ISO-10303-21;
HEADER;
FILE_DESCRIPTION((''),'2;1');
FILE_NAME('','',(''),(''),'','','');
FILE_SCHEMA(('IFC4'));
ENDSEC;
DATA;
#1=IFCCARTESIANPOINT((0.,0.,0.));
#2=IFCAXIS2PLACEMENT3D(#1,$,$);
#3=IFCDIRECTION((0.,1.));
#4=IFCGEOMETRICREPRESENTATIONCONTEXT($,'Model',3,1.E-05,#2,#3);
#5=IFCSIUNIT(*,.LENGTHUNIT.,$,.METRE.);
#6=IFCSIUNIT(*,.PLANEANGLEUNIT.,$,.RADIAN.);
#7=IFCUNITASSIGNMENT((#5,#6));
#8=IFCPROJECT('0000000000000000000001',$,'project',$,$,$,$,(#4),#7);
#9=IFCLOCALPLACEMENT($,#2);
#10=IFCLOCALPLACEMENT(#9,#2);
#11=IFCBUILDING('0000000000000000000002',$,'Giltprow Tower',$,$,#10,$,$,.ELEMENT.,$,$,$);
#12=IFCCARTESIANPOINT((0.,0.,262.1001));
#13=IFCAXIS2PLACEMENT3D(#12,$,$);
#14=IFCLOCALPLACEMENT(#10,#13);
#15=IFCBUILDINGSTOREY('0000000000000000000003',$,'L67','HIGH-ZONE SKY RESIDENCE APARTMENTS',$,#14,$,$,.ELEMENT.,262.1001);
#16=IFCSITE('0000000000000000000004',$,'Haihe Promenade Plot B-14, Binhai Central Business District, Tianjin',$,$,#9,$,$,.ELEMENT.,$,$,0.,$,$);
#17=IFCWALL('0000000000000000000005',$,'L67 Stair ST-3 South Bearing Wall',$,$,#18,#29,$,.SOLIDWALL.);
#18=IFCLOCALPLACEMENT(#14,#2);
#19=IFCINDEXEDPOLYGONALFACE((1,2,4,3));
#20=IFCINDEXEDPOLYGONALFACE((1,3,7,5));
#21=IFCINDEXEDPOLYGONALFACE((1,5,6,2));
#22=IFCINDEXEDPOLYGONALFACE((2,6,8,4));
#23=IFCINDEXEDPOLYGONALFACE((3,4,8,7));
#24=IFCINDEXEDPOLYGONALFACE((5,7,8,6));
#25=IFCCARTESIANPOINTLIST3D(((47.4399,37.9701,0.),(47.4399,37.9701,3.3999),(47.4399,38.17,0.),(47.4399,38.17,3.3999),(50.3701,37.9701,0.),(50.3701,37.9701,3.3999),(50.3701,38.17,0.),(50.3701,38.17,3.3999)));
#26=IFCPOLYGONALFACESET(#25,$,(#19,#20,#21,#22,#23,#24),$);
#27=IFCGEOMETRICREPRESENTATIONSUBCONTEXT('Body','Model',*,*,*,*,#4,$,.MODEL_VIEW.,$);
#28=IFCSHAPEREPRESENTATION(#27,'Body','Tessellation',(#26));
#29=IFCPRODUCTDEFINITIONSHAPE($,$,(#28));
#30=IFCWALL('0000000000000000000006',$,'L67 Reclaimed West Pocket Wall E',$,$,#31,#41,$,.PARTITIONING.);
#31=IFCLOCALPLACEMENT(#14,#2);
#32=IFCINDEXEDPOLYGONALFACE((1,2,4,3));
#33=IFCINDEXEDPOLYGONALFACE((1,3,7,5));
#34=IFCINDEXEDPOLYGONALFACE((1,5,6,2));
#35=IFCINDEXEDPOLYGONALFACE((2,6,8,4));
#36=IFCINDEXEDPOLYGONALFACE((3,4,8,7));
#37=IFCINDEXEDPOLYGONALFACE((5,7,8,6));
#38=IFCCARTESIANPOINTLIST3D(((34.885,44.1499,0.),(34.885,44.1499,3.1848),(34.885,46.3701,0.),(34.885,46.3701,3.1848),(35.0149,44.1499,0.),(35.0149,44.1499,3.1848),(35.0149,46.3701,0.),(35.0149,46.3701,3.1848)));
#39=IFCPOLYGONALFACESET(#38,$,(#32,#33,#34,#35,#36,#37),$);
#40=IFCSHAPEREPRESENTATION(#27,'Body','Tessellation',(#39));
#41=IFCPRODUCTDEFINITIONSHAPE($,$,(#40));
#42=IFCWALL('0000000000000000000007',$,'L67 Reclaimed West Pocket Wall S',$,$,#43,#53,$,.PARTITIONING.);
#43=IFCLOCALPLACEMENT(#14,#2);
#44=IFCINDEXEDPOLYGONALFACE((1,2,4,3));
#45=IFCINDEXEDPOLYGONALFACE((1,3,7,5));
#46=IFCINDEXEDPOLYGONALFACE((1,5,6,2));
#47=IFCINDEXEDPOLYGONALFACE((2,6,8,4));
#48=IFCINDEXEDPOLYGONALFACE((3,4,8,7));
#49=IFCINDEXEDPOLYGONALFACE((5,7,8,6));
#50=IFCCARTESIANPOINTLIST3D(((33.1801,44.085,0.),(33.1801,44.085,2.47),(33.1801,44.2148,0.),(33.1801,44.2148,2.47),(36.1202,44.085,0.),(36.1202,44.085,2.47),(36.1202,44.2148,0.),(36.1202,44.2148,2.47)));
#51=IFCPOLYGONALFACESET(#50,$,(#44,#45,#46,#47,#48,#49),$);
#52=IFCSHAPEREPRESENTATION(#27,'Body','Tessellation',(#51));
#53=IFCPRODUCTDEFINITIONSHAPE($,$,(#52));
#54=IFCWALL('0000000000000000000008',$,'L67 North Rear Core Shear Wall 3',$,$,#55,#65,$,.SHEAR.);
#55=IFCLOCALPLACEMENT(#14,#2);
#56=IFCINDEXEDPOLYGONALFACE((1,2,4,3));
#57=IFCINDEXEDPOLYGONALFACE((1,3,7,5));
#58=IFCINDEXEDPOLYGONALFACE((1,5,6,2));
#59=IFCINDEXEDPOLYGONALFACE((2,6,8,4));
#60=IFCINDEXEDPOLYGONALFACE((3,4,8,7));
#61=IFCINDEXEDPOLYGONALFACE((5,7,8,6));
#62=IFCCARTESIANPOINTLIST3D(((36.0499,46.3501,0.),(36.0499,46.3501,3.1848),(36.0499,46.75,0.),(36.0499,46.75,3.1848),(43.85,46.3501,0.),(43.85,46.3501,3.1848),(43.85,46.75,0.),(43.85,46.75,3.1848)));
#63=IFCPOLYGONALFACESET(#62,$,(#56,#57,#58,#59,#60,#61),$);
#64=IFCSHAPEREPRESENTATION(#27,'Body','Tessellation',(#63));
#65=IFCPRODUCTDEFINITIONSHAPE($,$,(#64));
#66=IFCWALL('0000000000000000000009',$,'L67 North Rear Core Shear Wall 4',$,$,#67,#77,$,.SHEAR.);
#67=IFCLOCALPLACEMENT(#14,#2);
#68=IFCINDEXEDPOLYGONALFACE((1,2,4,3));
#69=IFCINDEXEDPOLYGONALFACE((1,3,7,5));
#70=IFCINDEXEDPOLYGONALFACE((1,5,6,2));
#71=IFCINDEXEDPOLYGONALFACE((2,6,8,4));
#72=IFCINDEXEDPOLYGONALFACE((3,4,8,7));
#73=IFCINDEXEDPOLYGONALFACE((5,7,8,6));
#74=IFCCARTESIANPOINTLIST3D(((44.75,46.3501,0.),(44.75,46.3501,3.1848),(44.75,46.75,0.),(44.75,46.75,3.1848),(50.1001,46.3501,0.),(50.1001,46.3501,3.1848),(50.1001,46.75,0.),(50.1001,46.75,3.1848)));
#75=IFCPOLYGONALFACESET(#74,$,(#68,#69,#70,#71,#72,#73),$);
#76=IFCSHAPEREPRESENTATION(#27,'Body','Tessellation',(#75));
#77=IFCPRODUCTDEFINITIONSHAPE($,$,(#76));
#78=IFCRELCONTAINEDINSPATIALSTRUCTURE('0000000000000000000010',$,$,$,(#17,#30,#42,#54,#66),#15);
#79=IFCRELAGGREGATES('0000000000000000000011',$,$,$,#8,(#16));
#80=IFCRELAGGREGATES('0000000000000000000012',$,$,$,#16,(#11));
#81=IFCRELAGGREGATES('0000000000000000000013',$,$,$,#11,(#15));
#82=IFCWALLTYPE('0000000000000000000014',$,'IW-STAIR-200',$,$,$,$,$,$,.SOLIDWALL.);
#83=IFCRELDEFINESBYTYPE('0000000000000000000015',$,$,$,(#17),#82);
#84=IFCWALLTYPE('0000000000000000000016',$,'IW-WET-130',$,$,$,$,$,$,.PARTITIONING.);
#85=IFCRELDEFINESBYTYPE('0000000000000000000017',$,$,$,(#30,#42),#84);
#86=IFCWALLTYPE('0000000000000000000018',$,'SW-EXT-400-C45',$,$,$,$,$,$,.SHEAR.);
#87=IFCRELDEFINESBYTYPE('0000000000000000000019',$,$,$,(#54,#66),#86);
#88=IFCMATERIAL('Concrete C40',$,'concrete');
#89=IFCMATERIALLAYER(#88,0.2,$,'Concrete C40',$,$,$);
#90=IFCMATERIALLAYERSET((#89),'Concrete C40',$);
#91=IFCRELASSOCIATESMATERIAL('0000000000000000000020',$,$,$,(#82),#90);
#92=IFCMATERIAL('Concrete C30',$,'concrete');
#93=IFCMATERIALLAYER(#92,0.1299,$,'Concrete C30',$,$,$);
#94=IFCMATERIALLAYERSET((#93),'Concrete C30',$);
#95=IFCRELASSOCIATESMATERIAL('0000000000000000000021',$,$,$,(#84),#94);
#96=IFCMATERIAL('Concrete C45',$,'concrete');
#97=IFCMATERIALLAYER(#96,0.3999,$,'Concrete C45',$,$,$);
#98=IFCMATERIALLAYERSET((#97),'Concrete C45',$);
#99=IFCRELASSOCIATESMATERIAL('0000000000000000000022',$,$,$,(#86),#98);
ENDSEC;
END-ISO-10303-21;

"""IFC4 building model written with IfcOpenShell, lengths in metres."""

from ifc_helpers import new_model, si_unit, direction, frame, frame_2d, origin, place, context, subcontext, project, spatial, rectangle, extrude, material, layer, layer_set, type_object, element, save


model = new_model("IFC4")

# Units and contexts
model_context = context("Model", 3, precision=1e-05, world=origin(), true_north=direction((0.0, 1.0)))
body_context = subcontext(model_context, "Body", "Model", "MODEL_VIEW")
ifc_project = project(units=[si_unit("LENGTHUNIT", "METRE"), si_unit("PLANEANGLEUNIT", "RADIAN")], contexts=[model_context])

# Site, building, storey
site_placement = place(None, origin())
site = spatial("IfcSite", under=ifc_project, at=site_placement, Name="Haihe Promenade Plot B-14, Binhai Central Business District, Tianjin", CompositionType="ELEMENT", RefElevation=0.0)
building_placement = place(site_placement, origin())
building = spatial("IfcBuilding", under=site, at=building_placement, Name="Giltprow Tower", CompositionType="ELEMENT")
storey_placement = place(building_placement, frame((0.0, 0.0, 262.1001)))
storey = spatial("IfcBuildingStorey", under=building, at=storey_placement, Name="L67", Description="HIGH-ZONE SKY RESIDENCE APARTMENTS", CompositionType="ELEMENT", Elevation=262.1001)

# Shared definitions
ifc_material_1 = material(Name="Concrete C45", Category="concrete")

# Shared definitions
ifc_material_2 = material(Name="Concrete C40", Category="concrete")

# Shared definitions
ifc_layer_1 = layer(ifc_material_2, 0.2, Name="Concrete C40")
ifc_layer_set_1 = layer_set([ifc_layer_1], Name="Concrete C40")
wall_type_1 = type_object("IfcWallType", Name="IW-STAIR-200", PredefinedType="SOLIDWALL", material=ifc_layer_set_1)

# Walls
wall_1_placement = place(storey_placement, frame((47.4399, 38.0701, 0.0), z_axis=(0.0, 0.0, 1.0), x_axis=(1.0, 0.0, 0.0)))
element("IfcWall", 1, at=wall_1_placement, inside=storey, type_object=wall_type_1, Name="L67 Stair ST-3 South Bearing Wall", PredefinedType="SOLIDWALL", context=body_context, shape_type="SweptSolid", body=[
    extrude(rectangle(XDim=2.9302, YDim=0.2, at=frame_2d((1.4651, 0.0))), origin(), (0.0, 0.0, 1.0), 3.3999),
])
ifc_material_3 = material(Name="Concrete C30", Category="concrete")
ifc_layer_2 = layer(ifc_material_3, 0.1299, Name="Concrete C30")
ifc_layer_set_2 = layer_set([ifc_layer_2], Name="Concrete C30")
wall_type_2 = type_object("IfcWallType", Name="IW-WET-130", PredefinedType="PARTITIONING", material=ifc_layer_set_2)
wall_2_placement = place(storey_placement, frame((34.95, 44.1499, 0.0), z_axis=(0.0, 0.0, 1.0), x_axis=(0.0, 1.0, 0.0)))
element("IfcWall", 2, at=wall_2_placement, inside=storey, type_object=wall_type_2, Name="L67 Reclaimed West Pocket Wall E", PredefinedType="PARTITIONING", context=body_context, shape_type="SweptSolid", body=[
    extrude(rectangle(XDim=2.2202, YDim=0.1299, at=frame_2d((1.1101, 0.0))), origin(), (0.0, 0.0, 1.0), 3.1848),
])
wall_3_placement = place(storey_placement, frame((33.1799, 44.1499, 0.0), z_axis=(0.0, 0.0, 1.0), x_axis=(1.0, 0.0, 0.0)))
element("IfcWall", 3, at=wall_3_placement, inside=storey, type_object=wall_type_2, Name="L67 Reclaimed West Pocket Wall S", PredefinedType="PARTITIONING", context=body_context, shape_type="SweptSolid", body=[
    extrude(rectangle(XDim=2.9402, YDim=0.1299, at=frame_2d((1.4702, 0.0))), origin(), (0.0, 0.0, 1.0), 2.47),
])
ifc_layer_3 = layer(ifc_material_1, 0.3999, Name="Concrete C45")
ifc_layer_set_3 = layer_set([ifc_layer_3], Name="Concrete C45")
wall_type_3 = type_object("IfcWallType", Name="SW-EXT-400-C45", PredefinedType="SHEAR", material=ifc_layer_set_3)
wall_4_placement = place(storey_placement, frame((36.05, 46.55, 0.0), z_axis=(0.0, 0.0, 1.0), x_axis=(1.0, 0.0, 0.0)))
element("IfcWall", 4, at=wall_4_placement, inside=storey, type_object=wall_type_3, Name="L67 North Rear Core Shear Wall 3", PredefinedType="SHEAR", context=body_context, shape_type="SweptSolid", body=[
    extrude(rectangle(XDim=7.8, YDim=0.3999, at=frame_2d((3.8999, 0.0))), origin(), (0.0, 0.0, 1.0), 3.1848),
])
wall_5_placement = place(storey_placement, frame((44.75, 46.55, 0.0), z_axis=(0.0, 0.0, 1.0), x_axis=(1.0, 0.0, 0.0)))
element("IfcWall", 5, at=wall_5_placement, inside=storey, type_object=wall_type_3, Name="L67 North Rear Core Shear Wall 4", PredefinedType="SHEAR", context=body_context, shape_type="SweptSolid", body=[
    extrude(rectangle(XDim=5.3501, YDim=0.3999, at=frame_2d((2.675, 0.0))), origin(), (0.0, 0.0, 1.0), 3.1848),
])

save(model, "model.ifc")
